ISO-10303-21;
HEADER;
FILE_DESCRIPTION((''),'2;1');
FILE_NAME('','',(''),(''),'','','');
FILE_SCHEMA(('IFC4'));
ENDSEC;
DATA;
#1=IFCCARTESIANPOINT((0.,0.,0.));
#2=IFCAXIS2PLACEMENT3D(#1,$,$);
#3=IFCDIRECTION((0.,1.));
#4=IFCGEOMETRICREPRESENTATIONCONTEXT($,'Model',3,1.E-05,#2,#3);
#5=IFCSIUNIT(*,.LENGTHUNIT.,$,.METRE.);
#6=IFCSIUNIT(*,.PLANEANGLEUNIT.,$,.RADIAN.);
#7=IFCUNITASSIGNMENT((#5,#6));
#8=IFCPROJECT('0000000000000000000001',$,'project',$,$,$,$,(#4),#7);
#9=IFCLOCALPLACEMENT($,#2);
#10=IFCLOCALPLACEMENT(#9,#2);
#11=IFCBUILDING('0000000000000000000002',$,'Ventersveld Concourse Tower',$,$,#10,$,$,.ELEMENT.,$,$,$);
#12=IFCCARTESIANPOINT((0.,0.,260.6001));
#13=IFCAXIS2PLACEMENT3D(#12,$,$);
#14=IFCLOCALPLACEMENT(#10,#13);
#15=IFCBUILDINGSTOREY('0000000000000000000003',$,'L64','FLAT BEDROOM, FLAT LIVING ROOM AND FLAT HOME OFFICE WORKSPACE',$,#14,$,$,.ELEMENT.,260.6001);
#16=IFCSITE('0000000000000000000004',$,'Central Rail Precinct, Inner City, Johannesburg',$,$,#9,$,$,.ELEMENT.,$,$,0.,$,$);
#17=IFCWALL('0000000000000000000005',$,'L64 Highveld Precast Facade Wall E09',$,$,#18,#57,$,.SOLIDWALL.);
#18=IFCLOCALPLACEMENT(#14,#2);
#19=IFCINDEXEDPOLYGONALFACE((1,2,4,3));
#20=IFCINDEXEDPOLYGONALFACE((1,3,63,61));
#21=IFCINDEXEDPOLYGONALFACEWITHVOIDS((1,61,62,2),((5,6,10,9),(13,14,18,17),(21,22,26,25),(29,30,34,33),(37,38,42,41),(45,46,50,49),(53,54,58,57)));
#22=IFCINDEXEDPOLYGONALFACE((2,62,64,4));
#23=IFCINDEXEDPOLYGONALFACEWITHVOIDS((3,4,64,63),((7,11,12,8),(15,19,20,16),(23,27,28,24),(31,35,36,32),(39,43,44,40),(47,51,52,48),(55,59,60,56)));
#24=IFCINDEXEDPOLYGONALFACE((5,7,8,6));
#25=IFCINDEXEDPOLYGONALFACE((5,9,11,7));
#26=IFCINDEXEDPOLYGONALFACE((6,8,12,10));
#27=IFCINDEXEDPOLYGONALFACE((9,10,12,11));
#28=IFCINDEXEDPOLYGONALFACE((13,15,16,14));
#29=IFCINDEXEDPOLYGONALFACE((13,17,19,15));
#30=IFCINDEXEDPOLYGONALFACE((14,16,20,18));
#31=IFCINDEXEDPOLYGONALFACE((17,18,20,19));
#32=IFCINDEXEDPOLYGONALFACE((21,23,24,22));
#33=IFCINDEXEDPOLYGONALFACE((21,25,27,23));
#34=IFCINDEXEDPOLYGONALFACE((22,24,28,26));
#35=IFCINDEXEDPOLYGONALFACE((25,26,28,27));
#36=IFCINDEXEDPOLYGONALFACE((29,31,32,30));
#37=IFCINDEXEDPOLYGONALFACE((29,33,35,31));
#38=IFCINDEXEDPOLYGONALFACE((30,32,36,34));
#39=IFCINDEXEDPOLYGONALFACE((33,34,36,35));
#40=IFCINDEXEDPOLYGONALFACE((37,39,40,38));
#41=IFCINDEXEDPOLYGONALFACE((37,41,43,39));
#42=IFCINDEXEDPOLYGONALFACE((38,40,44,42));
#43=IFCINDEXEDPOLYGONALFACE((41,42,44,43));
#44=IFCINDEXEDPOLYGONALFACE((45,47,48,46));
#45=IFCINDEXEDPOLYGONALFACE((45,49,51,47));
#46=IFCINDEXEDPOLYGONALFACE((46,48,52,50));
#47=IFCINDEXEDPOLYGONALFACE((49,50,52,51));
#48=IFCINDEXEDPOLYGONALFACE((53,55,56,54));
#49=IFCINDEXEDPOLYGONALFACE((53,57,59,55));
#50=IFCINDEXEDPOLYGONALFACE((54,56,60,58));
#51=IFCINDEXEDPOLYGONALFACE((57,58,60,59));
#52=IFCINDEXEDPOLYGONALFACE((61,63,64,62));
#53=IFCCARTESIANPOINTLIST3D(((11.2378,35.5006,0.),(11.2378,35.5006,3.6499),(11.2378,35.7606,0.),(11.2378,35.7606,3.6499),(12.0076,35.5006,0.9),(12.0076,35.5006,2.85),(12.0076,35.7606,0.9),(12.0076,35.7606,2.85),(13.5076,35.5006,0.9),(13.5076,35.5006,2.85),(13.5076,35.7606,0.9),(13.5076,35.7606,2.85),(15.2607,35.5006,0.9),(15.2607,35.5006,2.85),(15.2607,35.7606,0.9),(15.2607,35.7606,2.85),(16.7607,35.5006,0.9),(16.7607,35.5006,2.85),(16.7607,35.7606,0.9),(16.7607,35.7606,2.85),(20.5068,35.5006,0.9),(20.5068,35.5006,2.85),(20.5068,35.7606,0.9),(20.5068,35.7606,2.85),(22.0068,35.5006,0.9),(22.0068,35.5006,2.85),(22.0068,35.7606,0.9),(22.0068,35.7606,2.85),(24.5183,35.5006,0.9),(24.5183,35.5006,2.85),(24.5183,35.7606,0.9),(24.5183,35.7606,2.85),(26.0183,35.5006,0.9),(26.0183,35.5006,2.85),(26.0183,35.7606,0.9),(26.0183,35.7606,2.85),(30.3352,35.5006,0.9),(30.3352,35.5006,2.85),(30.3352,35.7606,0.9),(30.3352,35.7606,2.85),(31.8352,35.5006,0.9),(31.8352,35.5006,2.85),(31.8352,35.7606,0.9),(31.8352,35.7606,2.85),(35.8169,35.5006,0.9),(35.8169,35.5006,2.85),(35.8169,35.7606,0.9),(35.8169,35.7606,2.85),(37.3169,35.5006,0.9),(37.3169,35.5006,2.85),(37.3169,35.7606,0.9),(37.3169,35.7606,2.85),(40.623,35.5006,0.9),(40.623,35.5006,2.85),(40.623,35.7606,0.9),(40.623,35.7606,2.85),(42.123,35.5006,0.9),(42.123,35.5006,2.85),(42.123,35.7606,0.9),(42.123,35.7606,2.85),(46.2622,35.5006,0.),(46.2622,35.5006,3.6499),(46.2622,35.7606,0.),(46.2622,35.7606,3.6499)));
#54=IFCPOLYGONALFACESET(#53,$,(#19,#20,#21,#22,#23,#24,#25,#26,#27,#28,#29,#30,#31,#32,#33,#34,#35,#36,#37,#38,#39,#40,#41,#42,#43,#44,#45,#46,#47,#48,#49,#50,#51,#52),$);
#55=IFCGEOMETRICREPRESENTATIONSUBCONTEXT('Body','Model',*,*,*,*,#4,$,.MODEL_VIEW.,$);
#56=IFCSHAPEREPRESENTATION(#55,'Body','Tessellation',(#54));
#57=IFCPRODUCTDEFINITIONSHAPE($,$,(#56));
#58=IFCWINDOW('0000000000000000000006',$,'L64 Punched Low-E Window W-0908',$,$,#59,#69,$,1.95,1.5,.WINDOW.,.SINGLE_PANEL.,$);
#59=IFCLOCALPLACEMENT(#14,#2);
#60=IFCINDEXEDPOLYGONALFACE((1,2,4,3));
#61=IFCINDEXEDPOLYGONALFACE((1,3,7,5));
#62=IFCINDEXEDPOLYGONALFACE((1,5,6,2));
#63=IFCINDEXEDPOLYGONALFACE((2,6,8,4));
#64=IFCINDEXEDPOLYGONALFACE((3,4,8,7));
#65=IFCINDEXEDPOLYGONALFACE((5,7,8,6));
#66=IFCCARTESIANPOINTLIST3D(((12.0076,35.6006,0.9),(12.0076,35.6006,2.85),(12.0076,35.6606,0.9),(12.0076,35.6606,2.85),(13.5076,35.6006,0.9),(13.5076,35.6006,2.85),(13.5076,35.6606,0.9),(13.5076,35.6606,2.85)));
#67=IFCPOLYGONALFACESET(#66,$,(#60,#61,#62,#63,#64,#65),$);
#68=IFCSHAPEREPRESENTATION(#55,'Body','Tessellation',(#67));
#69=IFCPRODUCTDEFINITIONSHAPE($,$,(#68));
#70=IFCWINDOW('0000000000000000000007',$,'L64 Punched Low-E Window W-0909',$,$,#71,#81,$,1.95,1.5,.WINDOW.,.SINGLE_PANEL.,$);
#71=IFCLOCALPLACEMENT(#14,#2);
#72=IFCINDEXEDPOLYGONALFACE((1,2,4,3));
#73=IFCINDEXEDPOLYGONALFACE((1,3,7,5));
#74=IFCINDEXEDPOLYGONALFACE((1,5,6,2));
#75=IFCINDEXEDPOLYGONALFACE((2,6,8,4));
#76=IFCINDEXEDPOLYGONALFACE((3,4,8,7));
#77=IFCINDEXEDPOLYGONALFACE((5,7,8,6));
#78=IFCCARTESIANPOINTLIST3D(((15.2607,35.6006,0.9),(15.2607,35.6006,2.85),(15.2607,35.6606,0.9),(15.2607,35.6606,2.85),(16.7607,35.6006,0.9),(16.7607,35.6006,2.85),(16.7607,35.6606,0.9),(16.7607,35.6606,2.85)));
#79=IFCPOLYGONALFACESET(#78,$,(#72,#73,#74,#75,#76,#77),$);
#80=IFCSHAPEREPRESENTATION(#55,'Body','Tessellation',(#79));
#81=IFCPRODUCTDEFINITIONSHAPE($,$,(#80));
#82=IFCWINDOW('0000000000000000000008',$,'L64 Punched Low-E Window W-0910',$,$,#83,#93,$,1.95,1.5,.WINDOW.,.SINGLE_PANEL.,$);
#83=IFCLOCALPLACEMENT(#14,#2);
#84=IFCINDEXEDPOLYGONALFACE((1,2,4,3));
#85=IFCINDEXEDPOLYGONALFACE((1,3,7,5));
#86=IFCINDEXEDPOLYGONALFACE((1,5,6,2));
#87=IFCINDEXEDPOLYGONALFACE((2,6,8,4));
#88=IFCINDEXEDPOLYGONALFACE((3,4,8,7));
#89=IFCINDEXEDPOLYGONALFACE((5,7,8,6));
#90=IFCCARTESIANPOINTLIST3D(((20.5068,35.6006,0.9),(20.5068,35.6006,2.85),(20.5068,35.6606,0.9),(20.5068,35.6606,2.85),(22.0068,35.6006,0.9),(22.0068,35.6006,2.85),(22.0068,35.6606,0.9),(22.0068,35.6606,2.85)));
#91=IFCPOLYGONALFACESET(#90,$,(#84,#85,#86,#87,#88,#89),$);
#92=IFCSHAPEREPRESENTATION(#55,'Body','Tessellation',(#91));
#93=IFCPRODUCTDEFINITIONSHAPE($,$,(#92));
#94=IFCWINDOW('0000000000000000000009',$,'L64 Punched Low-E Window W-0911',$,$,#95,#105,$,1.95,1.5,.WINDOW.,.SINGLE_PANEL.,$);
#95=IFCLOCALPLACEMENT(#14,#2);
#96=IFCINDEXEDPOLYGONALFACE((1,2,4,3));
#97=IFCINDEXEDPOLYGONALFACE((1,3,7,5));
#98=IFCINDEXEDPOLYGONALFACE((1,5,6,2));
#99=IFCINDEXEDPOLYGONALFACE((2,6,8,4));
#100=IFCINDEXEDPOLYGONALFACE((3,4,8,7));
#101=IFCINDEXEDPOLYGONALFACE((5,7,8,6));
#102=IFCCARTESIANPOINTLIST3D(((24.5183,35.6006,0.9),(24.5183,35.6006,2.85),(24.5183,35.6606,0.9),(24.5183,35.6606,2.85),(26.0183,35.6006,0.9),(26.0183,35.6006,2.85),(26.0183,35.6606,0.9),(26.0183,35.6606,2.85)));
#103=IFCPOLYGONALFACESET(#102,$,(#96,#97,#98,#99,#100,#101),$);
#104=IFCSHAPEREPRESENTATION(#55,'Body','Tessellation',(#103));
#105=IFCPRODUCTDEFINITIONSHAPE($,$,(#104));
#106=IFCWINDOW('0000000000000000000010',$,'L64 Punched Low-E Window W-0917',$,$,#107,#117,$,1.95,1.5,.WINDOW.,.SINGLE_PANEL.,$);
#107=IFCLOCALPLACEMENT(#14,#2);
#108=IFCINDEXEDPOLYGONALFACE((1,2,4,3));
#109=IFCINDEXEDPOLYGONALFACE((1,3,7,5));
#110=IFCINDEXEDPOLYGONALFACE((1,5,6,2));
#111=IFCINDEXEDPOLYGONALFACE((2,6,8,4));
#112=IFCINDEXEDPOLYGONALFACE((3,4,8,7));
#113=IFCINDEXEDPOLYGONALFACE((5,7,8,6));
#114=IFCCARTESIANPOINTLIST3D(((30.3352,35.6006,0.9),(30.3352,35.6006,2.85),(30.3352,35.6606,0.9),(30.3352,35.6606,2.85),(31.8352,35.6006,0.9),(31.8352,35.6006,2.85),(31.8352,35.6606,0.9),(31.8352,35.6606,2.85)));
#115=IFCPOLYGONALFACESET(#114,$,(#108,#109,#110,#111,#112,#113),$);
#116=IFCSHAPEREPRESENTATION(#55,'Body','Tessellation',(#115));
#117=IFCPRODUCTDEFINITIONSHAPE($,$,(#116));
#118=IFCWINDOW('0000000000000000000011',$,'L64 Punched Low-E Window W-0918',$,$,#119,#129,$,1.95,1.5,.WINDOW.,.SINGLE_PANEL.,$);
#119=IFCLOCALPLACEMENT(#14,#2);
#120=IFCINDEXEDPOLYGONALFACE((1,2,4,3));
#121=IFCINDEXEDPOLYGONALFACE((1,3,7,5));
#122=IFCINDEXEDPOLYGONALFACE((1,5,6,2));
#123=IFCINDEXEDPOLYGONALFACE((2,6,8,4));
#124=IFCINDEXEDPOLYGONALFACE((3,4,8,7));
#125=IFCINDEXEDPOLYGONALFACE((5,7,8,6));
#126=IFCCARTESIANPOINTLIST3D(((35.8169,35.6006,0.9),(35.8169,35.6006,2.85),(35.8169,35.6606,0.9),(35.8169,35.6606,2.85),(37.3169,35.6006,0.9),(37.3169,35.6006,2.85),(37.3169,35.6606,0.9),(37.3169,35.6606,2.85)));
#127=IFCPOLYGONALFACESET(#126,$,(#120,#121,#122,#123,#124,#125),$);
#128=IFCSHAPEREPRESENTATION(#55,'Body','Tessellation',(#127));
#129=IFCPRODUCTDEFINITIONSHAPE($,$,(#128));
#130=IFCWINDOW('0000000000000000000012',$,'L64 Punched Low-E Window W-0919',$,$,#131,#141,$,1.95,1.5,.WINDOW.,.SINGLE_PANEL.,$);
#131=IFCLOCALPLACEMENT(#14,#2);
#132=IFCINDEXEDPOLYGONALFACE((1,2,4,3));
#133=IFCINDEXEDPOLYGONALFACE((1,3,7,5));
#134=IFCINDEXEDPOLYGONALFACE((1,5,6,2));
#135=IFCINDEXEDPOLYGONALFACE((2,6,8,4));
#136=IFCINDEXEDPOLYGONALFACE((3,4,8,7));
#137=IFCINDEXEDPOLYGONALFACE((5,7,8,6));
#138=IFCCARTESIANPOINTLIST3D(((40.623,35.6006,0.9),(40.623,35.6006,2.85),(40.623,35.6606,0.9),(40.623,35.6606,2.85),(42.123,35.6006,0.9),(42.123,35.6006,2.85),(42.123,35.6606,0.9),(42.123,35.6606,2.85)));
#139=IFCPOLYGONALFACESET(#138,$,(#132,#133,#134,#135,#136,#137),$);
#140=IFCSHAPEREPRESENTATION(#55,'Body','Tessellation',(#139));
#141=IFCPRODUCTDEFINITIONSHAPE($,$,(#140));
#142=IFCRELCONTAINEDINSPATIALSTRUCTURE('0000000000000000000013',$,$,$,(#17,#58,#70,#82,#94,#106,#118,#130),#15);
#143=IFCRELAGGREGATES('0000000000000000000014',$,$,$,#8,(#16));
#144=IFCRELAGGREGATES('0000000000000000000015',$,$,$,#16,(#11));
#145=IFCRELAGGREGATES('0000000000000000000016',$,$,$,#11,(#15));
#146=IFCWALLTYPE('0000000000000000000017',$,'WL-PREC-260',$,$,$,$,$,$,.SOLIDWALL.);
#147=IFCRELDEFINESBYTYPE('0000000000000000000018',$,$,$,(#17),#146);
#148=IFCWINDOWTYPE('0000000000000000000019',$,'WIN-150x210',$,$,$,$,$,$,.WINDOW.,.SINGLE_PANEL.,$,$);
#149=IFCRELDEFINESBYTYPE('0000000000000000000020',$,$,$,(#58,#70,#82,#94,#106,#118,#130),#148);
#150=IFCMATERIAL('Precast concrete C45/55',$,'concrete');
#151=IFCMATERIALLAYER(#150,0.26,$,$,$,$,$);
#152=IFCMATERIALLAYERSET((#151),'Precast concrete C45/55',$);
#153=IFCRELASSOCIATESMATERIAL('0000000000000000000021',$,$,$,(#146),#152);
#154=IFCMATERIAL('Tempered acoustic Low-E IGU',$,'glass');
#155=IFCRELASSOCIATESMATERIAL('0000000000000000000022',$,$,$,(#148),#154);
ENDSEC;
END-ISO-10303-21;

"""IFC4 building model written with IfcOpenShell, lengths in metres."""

from ifc_helpers import new_model, si_unit, direction, frame, frame_2d, origin, place, context, subcontext, project, spatial, rectangle, extrude, material, layer, layer_set, type_object, element, fill, save


model = new_model("IFC4")

# Units and contexts
model_context = context("Model", 3, precision=1e-05, world=origin(), true_north=direction((0.0, 1.0)))
body_context = subcontext(model_context, "Body", "Model", "MODEL_VIEW")
ifc_project = project(units=[si_unit("LENGTHUNIT", "METRE"), si_unit("PLANEANGLEUNIT", "RADIAN")], contexts=[model_context])

# Site, building, storey
site_placement = place(None, origin())
site = spatial("IfcSite", under=ifc_project, at=site_placement, Name="Central Rail Precinct, Inner City, Johannesburg", CompositionType="ELEMENT", RefElevation=0.0)
building_placement = place(site_placement, origin())
building = spatial("IfcBuilding", under=site, at=building_placement, Name="Ventersveld Concourse Tower", CompositionType="ELEMENT")
storey_placement = place(building_placement, frame((0.0, 0.0, 260.6001)))
storey = spatial("IfcBuildingStorey", under=building, at=storey_placement, Name="L64", Description="FLAT BEDROOM, FLAT LIVING ROOM AND FLAT HOME OFFICE WORKSPACE", CompositionType="ELEMENT", Elevation=260.6001)

# Shared definitions
ifc_material_1 = material(Name="Precast concrete C45/55", Category="concrete")

# Shared definitions
ifc_layer_1 = layer(ifc_material_1, 0.26)
ifc_layer_set_1 = layer_set([ifc_layer_1], Name="Precast concrete C45/55")
wall_type_1 = type_object("IfcWallType", Name="WL-PREC-260", PredefinedType="SOLIDWALL", material=ifc_layer_set_1)

# Wall, openings, windows
wall_1_placement = place(storey_placement, frame((46.2622, 35.6306, 0.0), z_axis=(0.0, 0.0, 1.0), x_axis=(-1.0, 0.0, 0.0)))
wall_1 = element("IfcWall", 1, at=wall_1_placement, inside=storey, type_object=wall_type_1, Name="L64 Highveld Precast Facade Wall E09", PredefinedType="SOLIDWALL", context=body_context, shape_type="SweptSolid", body=[
    extrude(rectangle(XDim=35.0244, YDim=0.26, at=frame_2d((17.5122, 0.0))), origin(), (0.0, 0.0, 1.0), 3.6499),
])
opening_1_placement = place(wall_1_placement, frame((32.7546, 0.0, 0.8999)))
opening_1 = element("IfcOpeningElement", 2, at=opening_1_placement, cuts=wall_1, PredefinedType="OPENING", context=body_context, shape_type="SweptSolid", body=[
    extrude(rectangle(XDim=1.5, YDim=1.95, at=frame_2d((0.75, 0.9751))), frame((0.0, 0.1401, 0.0), z_axis=(0.0, -1.0, 0.0), x_axis=(1.0, 0.0, 0.0)), (0.0, 0.0, 1.0), 0.28),
])
opening_2_placement = place(wall_1_placement, frame((29.5015, 0.0, 0.8999)))
opening_2 = element("IfcOpeningElement", 3, at=opening_2_placement, cuts=wall_1, PredefinedType="OPENING", context=body_context, shape_type="SweptSolid", body=[
    extrude(rectangle(XDim=1.5, YDim=1.95, at=frame_2d((0.75, 0.9751))), frame((0.0, 0.1401, 0.0), z_axis=(0.0, -1.0, 0.0), x_axis=(1.0, 0.0, 0.0)), (0.0, 0.0, 1.0), 0.28),
])
opening_3_placement = place(wall_1_placement, frame((24.2554, 0.0, 0.8999)))
opening_3 = element("IfcOpeningElement", 4, at=opening_3_placement, cuts=wall_1, PredefinedType="OPENING", context=body_context, shape_type="SweptSolid", body=[
    extrude(rectangle(XDim=1.5, YDim=1.95, at=frame_2d((0.75, 0.9751))), frame((0.0, 0.1401, 0.0), z_axis=(0.0, -1.0, 0.0), x_axis=(1.0, 0.0, 0.0)), (0.0, 0.0, 1.0), 0.28),
])
opening_4_placement = place(wall_1_placement, frame((20.2439, 0.0, 0.8999)))
opening_4 = element("IfcOpeningElement", 5, at=opening_4_placement, cuts=wall_1, PredefinedType="OPENING", context=body_context, shape_type="SweptSolid", body=[
    extrude(rectangle(XDim=1.5, YDim=1.95, at=frame_2d((0.75, 0.9751))), frame((0.0, 0.1401, 0.0), z_axis=(0.0, -1.0, 0.0), x_axis=(1.0, 0.0, 0.0)), (0.0, 0.0, 1.0), 0.28),
])
opening_5_placement = place(wall_1_placement, frame((14.427, 0.0, 0.8999)))
opening_5 = element("IfcOpeningElement", 6, at=opening_5_placement, cuts=wall_1, PredefinedType="OPENING", context=body_context, shape_type="SweptSolid", body=[
    extrude(rectangle(XDim=1.5, YDim=1.95, at=frame_2d((0.75, 0.9751))), frame((0.0, 0.1401, 0.0), z_axis=(0.0, -1.0, 0.0), x_axis=(1.0, 0.0, 0.0)), (0.0, 0.0, 1.0), 0.28),
])
opening_6_placement = place(wall_1_placement, frame((8.9453, 0.0, 0.8999)))
opening_6 = element("IfcOpeningElement", 7, at=opening_6_placement, cuts=wall_1, PredefinedType="OPENING", context=body_context, shape_type="SweptSolid", body=[
    extrude(rectangle(XDim=1.5, YDim=1.95, at=frame_2d((0.75, 0.9751))), frame((0.0, 0.1401, 0.0), z_axis=(0.0, -1.0, 0.0), x_axis=(1.0, 0.0, 0.0)), (0.0, 0.0, 1.0), 0.28),
])
opening_7_placement = place(wall_1_placement, frame((4.1392, 0.0, 0.8999)))
opening_7 = element("IfcOpeningElement", 8, at=opening_7_placement, cuts=wall_1, PredefinedType="OPENING", context=body_context, shape_type="SweptSolid", body=[
    extrude(rectangle(XDim=1.5, YDim=1.95, at=frame_2d((0.75, 0.9751))), frame((0.0, 0.1401, 0.0), z_axis=(0.0, -1.0, 0.0), x_axis=(1.0, 0.0, 0.0)), (0.0, 0.0, 1.0), 0.28),
])
ifc_material_2 = material(Name="Tempered acoustic Low-E IGU", Category="glass")
window_type = type_object("IfcWindowType", Name="WIN-150x210", PartitioningType="SINGLE_PANEL", PredefinedType="WINDOW", material=ifc_material_2)
window_1_placement = place(opening_1_placement, origin())
window_1 = element("IfcWindow", 9, at=window_1_placement, inside=storey, type_object=window_type, Name="L64 Punched Low-E Window W-0908", OverallHeight=1.95, OverallWidth=1.5, PartitioningType="SINGLE_PANEL", PredefinedType="WINDOW", context=body_context, shape_type="SweptSolid", body=[
    extrude(rectangle(XDim=1.5, YDim=1.95, at=frame_2d((0.75, 0.9751))), frame((0.0, 0.03, 0.0), z_axis=(0.0, -1.0, 0.0), x_axis=(1.0, 0.0, 0.0)), (0.0, 0.0, 1.0), 0.0601),
])
fill(opening_1, window_1)
window_2_placement = place(opening_2_placement, origin())
window_2 = element("IfcWindow", 10, at=window_2_placement, inside=storey, type_object=window_type, Name="L64 Punched Low-E Window W-0909", OverallHeight=1.95, OverallWidth=1.5, PartitioningType="SINGLE_PANEL", PredefinedType="WINDOW", context=body_context, shape_type="SweptSolid", body=[
    extrude(rectangle(XDim=1.5, YDim=1.95, at=frame_2d((0.75, 0.9751))), frame((0.0, 0.03, 0.0), z_axis=(0.0, -1.0, 0.0), x_axis=(1.0, 0.0, 0.0)), (0.0, 0.0, 1.0), 0.0601),
])
fill(opening_2, window_2)
window_3_placement = place(opening_3_placement, origin())
window_3 = element("IfcWindow", 11, at=window_3_placement, inside=storey, type_object=window_type, Name="L64 Punched Low-E Window W-0910", OverallHeight=1.95, OverallWidth=1.5, PartitioningType="SINGLE_PANEL", PredefinedType="WINDOW", context=body_context, shape_type="SweptSolid", body=[
    extrude(rectangle(XDim=1.5, YDim=1.95, at=frame_2d((0.75, 0.9751))), frame((0.0, 0.03, 0.0), z_axis=(0.0, -1.0, 0.0), x_axis=(1.0, 0.0, 0.0)), (0.0, 0.0, 1.0), 0.0601),
])
fill(opening_3, window_3)
window_4_placement = place(opening_4_placement, origin())
window_4 = element("IfcWindow", 12, at=window_4_placement, inside=storey, type_object=window_type, Name="L64 Punched Low-E Window W-0911", OverallHeight=1.95, OverallWidth=1.5, PartitioningType="SINGLE_PANEL", PredefinedType="WINDOW", context=body_context, shape_type="SweptSolid", body=[
    extrude(rectangle(XDim=1.5, YDim=1.95, at=frame_2d((0.75, 0.9751))), frame((0.0, 0.03, 0.0), z_axis=(0.0, -1.0, 0.0), x_axis=(1.0, 0.0, 0.0)), (0.0, 0.0, 1.0), 0.0601),
])
fill(opening_4, window_4)
window_5_placement = place(opening_5_placement, origin())
window_5 = element("IfcWindow", 13, at=window_5_placement, inside=storey, type_object=window_type, Name="L64 Punched Low-E Window W-0917", OverallHeight=1.95, OverallWidth=1.5, PartitioningType="SINGLE_PANEL", PredefinedType="WINDOW", context=body_context, shape_type="SweptSolid", body=[
    extrude(rectangle(XDim=1.5, YDim=1.95, at=frame_2d((0.75, 0.9751))), frame((0.0, 0.03, 0.0), z_axis=(0.0, -1.0, 0.0), x_axis=(1.0, 0.0, 0.0)), (0.0, 0.0, 1.0), 0.0601),
])
fill(opening_5, window_5)
window_6_placement = place(opening_6_placement, origin())
window_6 = element("IfcWindow", 14, at=window_6_placement, inside=storey, type_object=window_type, Name="L64 Punched Low-E Window W-0918", OverallHeight=1.95, OverallWidth=1.5, PartitioningType="SINGLE_PANEL", PredefinedType="WINDOW", context=body_context, shape_type="SweptSolid", body=[
    extrude(rectangle(XDim=1.5, YDim=1.95, at=frame_2d((0.75, 0.9751))), frame((0.0, 0.03, 0.0), z_axis=(0.0, -1.0, 0.0), x_axis=(1.0, 0.0, 0.0)), (0.0, 0.0, 1.0), 0.0601),
])
fill(opening_6, window_6)
window_7_placement = place(opening_7_placement, origin())
window_7 = element("IfcWindow", 15, at=window_7_placement, inside=storey, type_object=window_type, Name="L64 Punched Low-E Window W-0919", OverallHeight=1.95, OverallWidth=1.5, PartitioningType="SINGLE_PANEL", PredefinedType="WINDOW", context=body_context, shape_type="SweptSolid", body=[
    extrude(rectangle(XDim=1.5, YDim=1.95, at=frame_2d((0.75, 0.9751))), frame((0.0, 0.03, 0.0), z_axis=(0.0, -1.0, 0.0), x_axis=(1.0, 0.0, 0.0)), (0.0, 0.0, 1.0), 0.0601),
])
fill(opening_7, window_7)

save(model, "model.ifc")
